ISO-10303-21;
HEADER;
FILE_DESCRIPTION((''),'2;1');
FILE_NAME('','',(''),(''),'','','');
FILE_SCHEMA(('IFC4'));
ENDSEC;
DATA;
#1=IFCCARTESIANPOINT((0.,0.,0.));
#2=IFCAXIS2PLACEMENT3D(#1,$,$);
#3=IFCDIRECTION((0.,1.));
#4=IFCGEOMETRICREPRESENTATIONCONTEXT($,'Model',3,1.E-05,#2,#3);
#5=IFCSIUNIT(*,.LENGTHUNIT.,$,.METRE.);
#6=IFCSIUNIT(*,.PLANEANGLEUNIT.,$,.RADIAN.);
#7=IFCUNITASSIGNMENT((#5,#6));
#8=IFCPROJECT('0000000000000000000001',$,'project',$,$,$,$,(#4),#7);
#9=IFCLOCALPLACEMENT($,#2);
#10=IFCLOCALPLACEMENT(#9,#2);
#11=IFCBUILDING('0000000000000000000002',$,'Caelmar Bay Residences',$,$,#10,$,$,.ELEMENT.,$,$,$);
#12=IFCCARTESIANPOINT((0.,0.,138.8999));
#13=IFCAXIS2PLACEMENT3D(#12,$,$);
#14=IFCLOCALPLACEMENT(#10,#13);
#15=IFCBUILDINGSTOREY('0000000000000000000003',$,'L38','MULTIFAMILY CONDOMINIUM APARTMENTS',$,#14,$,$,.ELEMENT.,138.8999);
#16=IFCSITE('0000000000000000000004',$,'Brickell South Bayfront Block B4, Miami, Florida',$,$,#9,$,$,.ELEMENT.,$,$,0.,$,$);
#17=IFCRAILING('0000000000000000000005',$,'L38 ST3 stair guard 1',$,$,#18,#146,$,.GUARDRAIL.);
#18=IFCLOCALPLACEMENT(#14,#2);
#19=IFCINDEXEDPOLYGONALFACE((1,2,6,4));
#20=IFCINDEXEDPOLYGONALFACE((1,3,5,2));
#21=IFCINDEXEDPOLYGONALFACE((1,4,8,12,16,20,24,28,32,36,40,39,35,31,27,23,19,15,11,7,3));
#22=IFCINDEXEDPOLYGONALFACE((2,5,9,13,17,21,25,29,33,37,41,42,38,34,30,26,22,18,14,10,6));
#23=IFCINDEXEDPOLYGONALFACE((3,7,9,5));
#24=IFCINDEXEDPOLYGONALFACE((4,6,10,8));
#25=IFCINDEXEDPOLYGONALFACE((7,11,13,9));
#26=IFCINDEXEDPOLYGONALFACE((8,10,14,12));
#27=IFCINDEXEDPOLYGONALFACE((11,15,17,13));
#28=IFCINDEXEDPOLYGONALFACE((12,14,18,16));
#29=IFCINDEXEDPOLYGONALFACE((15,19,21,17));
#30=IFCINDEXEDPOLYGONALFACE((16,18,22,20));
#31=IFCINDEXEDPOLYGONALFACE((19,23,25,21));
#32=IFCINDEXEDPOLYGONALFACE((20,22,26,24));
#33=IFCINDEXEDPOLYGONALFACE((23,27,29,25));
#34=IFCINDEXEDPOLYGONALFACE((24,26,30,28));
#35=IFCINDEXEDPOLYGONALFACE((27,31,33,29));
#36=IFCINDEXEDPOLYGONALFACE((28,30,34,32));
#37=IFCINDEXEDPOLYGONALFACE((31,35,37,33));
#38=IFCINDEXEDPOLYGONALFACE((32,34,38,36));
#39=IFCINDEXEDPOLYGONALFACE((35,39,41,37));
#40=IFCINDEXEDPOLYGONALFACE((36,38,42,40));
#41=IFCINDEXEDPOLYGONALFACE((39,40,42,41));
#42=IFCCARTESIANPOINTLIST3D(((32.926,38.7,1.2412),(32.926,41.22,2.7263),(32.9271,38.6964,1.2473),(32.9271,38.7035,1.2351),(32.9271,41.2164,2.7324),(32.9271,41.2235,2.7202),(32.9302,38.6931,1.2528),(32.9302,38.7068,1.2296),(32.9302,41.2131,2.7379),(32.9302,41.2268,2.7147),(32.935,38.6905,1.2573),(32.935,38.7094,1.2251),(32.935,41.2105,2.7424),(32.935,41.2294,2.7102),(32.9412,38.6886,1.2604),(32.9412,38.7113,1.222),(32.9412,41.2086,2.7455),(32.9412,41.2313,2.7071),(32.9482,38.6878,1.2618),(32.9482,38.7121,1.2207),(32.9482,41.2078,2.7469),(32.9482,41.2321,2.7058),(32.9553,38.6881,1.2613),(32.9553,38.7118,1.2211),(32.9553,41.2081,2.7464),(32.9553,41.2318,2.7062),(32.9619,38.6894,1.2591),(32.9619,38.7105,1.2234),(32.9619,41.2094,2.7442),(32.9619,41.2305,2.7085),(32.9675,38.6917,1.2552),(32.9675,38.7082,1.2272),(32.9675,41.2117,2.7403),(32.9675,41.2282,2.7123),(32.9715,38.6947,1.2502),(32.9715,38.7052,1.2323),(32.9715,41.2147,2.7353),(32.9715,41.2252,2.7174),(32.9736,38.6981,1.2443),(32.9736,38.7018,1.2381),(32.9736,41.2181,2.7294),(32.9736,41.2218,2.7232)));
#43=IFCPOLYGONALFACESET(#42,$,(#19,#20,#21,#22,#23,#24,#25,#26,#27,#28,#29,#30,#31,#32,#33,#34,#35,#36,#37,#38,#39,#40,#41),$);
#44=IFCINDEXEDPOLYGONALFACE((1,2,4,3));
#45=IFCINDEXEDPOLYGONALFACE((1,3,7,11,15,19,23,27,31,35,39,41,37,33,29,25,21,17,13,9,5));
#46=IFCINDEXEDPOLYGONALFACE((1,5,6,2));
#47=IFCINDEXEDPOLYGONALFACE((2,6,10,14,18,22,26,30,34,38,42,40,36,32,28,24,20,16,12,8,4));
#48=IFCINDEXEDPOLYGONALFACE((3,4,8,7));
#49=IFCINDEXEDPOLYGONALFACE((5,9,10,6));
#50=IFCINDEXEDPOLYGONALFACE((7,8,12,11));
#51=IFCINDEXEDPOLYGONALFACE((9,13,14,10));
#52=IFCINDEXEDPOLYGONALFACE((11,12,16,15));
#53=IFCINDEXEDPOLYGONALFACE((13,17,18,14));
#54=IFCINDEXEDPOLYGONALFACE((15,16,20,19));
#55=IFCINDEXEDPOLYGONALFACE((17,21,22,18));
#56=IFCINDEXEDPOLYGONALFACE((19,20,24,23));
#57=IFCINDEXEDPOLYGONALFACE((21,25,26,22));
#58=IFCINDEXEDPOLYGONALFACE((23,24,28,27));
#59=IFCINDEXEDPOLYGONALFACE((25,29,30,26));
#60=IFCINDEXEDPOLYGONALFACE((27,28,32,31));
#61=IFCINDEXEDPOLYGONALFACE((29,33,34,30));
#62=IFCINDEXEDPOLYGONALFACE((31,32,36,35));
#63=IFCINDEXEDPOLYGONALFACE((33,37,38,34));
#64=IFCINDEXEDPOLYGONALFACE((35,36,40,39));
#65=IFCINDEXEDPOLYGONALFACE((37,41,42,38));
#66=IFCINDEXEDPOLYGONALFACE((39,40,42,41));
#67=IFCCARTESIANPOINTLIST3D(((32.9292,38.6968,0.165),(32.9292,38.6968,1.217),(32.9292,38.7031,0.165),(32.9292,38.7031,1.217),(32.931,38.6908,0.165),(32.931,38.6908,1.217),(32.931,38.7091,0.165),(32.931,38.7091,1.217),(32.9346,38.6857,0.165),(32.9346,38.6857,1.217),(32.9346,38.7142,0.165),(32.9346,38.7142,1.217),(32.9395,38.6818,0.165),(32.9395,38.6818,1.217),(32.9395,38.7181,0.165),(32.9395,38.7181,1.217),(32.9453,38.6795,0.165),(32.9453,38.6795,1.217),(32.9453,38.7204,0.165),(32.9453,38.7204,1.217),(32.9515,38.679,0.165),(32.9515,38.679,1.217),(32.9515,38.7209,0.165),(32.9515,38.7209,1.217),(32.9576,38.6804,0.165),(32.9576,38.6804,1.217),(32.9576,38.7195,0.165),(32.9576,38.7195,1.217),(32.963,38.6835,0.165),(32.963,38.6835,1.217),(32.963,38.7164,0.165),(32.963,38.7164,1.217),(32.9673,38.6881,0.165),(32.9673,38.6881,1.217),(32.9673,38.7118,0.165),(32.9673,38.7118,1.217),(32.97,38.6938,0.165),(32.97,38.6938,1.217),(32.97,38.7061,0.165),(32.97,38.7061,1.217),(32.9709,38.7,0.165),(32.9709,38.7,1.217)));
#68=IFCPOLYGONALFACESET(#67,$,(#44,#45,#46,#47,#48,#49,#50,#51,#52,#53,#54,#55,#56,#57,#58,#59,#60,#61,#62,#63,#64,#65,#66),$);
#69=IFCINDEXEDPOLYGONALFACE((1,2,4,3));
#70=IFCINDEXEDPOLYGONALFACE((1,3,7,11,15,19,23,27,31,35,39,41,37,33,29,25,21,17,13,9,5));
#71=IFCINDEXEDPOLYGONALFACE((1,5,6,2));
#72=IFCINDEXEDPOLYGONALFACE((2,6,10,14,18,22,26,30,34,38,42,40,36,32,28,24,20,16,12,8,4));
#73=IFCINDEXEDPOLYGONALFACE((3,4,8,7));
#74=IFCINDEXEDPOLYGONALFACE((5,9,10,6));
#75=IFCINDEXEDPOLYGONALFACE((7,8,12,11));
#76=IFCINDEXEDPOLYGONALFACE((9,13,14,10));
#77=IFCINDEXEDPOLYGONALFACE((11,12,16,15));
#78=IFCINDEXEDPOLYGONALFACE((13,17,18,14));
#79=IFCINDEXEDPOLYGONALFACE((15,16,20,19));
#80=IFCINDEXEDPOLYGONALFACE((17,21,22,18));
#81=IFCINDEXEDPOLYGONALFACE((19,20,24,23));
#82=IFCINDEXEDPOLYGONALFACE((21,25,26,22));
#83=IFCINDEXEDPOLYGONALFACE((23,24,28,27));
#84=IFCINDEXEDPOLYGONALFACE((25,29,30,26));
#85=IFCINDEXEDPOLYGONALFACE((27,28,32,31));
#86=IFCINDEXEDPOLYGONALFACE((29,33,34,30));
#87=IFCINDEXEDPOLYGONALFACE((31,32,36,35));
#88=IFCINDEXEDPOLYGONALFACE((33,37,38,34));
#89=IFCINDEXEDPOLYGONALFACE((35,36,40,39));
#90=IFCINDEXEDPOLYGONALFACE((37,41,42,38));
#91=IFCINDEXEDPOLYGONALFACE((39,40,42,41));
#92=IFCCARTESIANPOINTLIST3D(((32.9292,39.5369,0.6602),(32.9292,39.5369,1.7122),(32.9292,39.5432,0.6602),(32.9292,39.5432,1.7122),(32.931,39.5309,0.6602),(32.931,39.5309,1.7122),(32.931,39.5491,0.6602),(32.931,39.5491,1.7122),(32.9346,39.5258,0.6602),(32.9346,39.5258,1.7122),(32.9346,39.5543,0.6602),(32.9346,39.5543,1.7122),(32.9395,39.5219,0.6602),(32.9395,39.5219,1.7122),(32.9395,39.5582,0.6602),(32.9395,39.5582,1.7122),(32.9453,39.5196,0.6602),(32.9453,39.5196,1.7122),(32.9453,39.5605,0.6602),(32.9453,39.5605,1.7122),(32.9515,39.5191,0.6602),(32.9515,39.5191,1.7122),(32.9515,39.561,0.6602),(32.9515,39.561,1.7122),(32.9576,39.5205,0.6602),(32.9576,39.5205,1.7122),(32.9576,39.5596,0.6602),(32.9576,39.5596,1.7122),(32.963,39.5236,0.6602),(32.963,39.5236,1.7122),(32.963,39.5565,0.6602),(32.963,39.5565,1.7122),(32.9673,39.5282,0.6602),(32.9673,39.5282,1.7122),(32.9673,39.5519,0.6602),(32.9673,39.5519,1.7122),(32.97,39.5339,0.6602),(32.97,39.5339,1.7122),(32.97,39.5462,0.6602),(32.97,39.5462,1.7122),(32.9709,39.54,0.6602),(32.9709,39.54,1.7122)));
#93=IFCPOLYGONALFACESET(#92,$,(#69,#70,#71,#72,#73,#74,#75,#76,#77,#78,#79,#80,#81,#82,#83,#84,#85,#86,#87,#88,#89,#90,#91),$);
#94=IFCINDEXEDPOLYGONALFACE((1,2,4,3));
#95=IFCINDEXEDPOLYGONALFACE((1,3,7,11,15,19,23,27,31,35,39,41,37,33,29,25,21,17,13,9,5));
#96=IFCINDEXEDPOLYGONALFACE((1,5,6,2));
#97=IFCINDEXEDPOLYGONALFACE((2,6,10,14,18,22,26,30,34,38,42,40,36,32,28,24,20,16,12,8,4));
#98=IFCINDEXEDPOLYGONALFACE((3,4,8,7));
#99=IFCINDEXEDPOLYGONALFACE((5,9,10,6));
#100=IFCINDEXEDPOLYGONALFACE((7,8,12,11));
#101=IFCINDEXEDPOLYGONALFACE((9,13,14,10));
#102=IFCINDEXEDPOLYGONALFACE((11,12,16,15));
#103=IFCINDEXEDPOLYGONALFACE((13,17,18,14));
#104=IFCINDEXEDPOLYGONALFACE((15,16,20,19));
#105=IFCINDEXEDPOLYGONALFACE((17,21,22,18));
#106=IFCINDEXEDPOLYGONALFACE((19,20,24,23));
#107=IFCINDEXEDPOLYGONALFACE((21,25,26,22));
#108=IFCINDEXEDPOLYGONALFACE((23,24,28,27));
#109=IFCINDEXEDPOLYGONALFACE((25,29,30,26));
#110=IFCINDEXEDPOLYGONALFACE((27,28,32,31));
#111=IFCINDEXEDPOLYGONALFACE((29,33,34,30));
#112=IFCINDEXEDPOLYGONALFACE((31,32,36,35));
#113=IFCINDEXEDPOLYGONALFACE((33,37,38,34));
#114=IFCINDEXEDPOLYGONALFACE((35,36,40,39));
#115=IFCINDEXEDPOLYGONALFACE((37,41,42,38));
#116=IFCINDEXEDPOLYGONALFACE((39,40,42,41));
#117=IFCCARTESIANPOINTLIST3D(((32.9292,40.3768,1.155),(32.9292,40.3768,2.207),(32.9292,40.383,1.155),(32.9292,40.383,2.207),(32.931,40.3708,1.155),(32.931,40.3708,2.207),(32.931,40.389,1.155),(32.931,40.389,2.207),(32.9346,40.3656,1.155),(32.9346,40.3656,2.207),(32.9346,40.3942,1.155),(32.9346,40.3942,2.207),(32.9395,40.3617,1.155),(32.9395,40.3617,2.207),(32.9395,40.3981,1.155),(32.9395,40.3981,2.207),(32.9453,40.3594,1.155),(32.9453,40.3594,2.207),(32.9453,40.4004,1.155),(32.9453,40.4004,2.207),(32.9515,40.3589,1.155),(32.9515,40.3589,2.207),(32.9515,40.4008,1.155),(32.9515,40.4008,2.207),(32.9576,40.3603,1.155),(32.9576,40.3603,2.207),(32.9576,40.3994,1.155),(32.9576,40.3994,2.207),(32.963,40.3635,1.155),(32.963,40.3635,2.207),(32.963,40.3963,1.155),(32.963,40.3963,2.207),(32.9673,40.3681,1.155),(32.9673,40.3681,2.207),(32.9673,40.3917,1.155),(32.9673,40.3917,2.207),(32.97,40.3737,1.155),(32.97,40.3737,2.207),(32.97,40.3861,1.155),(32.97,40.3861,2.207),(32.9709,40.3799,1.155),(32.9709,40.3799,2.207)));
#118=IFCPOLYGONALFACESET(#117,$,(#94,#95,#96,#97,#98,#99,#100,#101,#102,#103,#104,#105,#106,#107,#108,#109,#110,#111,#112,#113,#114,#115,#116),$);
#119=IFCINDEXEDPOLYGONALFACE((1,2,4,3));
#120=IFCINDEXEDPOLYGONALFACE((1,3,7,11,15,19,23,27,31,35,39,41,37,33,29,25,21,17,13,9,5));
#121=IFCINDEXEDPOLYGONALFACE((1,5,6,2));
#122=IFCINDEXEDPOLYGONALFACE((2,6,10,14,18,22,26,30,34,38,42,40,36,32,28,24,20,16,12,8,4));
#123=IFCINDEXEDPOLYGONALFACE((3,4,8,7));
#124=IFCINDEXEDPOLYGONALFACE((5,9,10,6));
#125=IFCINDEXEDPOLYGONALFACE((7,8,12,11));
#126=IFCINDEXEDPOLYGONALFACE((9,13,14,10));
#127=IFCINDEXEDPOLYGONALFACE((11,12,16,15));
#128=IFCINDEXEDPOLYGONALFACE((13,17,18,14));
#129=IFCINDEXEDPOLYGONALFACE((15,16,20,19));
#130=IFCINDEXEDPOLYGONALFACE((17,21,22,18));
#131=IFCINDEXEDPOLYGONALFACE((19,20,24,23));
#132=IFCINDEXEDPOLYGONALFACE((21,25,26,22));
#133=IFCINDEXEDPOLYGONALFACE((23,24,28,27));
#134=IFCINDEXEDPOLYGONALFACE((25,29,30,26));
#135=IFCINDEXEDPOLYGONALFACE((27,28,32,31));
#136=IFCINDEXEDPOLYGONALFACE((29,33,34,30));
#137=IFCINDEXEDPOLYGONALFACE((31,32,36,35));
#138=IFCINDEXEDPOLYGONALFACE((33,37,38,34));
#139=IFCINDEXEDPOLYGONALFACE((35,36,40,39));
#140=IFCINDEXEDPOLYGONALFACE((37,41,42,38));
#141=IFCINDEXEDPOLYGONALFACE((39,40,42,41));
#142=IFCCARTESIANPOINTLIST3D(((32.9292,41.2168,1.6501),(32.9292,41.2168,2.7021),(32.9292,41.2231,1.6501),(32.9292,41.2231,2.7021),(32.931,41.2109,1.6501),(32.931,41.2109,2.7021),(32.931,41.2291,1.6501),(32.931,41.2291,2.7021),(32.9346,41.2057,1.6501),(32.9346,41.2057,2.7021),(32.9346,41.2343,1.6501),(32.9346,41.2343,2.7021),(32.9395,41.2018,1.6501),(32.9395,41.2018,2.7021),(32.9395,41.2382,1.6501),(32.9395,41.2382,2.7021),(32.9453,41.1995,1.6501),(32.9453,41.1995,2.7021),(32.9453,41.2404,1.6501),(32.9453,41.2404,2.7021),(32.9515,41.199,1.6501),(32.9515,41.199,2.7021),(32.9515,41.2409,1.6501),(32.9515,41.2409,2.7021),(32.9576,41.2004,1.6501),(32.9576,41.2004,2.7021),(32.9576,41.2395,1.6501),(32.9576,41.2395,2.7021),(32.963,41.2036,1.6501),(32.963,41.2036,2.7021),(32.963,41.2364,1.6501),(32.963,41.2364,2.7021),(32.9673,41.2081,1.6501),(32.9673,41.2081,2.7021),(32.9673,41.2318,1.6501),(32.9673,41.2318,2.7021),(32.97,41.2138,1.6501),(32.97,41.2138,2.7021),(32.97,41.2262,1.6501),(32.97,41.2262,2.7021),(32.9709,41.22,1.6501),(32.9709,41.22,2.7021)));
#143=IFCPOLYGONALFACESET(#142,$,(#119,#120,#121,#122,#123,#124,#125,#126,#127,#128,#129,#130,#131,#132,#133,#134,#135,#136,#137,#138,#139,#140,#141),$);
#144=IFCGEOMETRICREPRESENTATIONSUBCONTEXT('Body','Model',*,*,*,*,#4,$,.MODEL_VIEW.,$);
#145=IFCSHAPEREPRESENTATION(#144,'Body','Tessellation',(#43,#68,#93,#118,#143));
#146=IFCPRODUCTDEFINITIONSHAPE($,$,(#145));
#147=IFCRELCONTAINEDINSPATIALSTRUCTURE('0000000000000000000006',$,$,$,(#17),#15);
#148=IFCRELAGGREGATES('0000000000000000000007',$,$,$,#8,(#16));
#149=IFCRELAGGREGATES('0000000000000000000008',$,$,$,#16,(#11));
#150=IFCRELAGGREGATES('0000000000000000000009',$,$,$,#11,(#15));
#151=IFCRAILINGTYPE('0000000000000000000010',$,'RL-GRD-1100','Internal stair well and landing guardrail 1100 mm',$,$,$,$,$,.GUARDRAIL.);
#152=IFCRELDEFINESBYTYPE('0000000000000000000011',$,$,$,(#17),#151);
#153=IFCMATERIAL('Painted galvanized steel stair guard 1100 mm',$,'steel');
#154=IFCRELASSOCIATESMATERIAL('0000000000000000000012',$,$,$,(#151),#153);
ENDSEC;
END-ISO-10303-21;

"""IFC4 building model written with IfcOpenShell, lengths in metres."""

from ifc_helpers import new_model, si_unit, direction, frame, origin, origin_2d, place, context, subcontext, project, spatial, circle, extrude, material, type_object, element, save


model = new_model("IFC4")

# Units and contexts
model_context = context("Model", 3, precision=1e-05, world=origin(), true_north=direction((0.0, 1.0)))
body_context = subcontext(model_context, "Body", "Model", "MODEL_VIEW")
ifc_project = project(units=[si_unit("LENGTHUNIT", "METRE"), si_unit("PLANEANGLEUNIT", "RADIAN")], contexts=[model_context])

# Site, building, storey
site_placement = place(None, origin())
site = spatial("IfcSite", under=ifc_project, at=site_placement, Name="Brickell South Bayfront Block B4, Miami, Florida", CompositionType="ELEMENT", RefElevation=0.0)
building_placement = place(site_placement, origin())
building = spatial("IfcBuilding", under=site, at=building_placement, Name="Caelmar Bay Residences", CompositionType="ELEMENT")
storey_placement = place(building_placement, frame((0.0, 0.0, 138.8999)))
storey = spatial("IfcBuildingStorey", under=building, at=storey_placement, Name="L38", Description="MULTIFAMILY CONDOMINIUM APARTMENTS", CompositionType="ELEMENT", Elevation=138.8999)

# Railing
ifc_material_1 = material(Name="Painted galvanized steel stair guard 1100 mm", Category="steel")
railing_type_1 = type_object("IfcRailingType", Name="RL-GRD-1100", Description="Internal stair well and landing guardrail 1100 mm", PredefinedType="GUARDRAIL", material=ifc_material_1)
railing_1_placement = place(storey_placement, frame((32.95, 38.7, 0.165)))
element("IfcRailing", 1, at=railing_1_placement, inside=storey, type_object=railing_type_1, Name="L38 ST3 stair guard 1", PredefinedType="GUARDRAIL", context=body_context, shape_type="SweptSolid", body=[
    extrude(circle(Radius=0.0239, at=origin_2d()), frame((0.0, 0.0, 1.0762), z_axis=(0.0, 0.861524, 0.507717), x_axis=(-1.0, 0.0, 0.0)), (0.0, 0.0, 1.0), 2.925),
    extrude(circle(Radius=0.021, at=origin_2d()), origin(), (0.0, 0.0, 1.0), 1.052),
    extrude(circle(Radius=0.021, at=origin_2d()), frame((0.0, 0.8401, 0.4951)), (0.0, 0.0, 1.0), 1.052),
    extrude(circle(Radius=0.021, at=origin_2d()), frame((0.0, 1.6799, 0.99)), (0.0, 0.0, 1.0), 1.052),
    extrude(circle(Radius=0.021, at=origin_2d()), frame((0.0, 2.52, 1.4851)), (0.0, 0.0, 1.0), 1.052),
])

save(model, "model.ifc")
